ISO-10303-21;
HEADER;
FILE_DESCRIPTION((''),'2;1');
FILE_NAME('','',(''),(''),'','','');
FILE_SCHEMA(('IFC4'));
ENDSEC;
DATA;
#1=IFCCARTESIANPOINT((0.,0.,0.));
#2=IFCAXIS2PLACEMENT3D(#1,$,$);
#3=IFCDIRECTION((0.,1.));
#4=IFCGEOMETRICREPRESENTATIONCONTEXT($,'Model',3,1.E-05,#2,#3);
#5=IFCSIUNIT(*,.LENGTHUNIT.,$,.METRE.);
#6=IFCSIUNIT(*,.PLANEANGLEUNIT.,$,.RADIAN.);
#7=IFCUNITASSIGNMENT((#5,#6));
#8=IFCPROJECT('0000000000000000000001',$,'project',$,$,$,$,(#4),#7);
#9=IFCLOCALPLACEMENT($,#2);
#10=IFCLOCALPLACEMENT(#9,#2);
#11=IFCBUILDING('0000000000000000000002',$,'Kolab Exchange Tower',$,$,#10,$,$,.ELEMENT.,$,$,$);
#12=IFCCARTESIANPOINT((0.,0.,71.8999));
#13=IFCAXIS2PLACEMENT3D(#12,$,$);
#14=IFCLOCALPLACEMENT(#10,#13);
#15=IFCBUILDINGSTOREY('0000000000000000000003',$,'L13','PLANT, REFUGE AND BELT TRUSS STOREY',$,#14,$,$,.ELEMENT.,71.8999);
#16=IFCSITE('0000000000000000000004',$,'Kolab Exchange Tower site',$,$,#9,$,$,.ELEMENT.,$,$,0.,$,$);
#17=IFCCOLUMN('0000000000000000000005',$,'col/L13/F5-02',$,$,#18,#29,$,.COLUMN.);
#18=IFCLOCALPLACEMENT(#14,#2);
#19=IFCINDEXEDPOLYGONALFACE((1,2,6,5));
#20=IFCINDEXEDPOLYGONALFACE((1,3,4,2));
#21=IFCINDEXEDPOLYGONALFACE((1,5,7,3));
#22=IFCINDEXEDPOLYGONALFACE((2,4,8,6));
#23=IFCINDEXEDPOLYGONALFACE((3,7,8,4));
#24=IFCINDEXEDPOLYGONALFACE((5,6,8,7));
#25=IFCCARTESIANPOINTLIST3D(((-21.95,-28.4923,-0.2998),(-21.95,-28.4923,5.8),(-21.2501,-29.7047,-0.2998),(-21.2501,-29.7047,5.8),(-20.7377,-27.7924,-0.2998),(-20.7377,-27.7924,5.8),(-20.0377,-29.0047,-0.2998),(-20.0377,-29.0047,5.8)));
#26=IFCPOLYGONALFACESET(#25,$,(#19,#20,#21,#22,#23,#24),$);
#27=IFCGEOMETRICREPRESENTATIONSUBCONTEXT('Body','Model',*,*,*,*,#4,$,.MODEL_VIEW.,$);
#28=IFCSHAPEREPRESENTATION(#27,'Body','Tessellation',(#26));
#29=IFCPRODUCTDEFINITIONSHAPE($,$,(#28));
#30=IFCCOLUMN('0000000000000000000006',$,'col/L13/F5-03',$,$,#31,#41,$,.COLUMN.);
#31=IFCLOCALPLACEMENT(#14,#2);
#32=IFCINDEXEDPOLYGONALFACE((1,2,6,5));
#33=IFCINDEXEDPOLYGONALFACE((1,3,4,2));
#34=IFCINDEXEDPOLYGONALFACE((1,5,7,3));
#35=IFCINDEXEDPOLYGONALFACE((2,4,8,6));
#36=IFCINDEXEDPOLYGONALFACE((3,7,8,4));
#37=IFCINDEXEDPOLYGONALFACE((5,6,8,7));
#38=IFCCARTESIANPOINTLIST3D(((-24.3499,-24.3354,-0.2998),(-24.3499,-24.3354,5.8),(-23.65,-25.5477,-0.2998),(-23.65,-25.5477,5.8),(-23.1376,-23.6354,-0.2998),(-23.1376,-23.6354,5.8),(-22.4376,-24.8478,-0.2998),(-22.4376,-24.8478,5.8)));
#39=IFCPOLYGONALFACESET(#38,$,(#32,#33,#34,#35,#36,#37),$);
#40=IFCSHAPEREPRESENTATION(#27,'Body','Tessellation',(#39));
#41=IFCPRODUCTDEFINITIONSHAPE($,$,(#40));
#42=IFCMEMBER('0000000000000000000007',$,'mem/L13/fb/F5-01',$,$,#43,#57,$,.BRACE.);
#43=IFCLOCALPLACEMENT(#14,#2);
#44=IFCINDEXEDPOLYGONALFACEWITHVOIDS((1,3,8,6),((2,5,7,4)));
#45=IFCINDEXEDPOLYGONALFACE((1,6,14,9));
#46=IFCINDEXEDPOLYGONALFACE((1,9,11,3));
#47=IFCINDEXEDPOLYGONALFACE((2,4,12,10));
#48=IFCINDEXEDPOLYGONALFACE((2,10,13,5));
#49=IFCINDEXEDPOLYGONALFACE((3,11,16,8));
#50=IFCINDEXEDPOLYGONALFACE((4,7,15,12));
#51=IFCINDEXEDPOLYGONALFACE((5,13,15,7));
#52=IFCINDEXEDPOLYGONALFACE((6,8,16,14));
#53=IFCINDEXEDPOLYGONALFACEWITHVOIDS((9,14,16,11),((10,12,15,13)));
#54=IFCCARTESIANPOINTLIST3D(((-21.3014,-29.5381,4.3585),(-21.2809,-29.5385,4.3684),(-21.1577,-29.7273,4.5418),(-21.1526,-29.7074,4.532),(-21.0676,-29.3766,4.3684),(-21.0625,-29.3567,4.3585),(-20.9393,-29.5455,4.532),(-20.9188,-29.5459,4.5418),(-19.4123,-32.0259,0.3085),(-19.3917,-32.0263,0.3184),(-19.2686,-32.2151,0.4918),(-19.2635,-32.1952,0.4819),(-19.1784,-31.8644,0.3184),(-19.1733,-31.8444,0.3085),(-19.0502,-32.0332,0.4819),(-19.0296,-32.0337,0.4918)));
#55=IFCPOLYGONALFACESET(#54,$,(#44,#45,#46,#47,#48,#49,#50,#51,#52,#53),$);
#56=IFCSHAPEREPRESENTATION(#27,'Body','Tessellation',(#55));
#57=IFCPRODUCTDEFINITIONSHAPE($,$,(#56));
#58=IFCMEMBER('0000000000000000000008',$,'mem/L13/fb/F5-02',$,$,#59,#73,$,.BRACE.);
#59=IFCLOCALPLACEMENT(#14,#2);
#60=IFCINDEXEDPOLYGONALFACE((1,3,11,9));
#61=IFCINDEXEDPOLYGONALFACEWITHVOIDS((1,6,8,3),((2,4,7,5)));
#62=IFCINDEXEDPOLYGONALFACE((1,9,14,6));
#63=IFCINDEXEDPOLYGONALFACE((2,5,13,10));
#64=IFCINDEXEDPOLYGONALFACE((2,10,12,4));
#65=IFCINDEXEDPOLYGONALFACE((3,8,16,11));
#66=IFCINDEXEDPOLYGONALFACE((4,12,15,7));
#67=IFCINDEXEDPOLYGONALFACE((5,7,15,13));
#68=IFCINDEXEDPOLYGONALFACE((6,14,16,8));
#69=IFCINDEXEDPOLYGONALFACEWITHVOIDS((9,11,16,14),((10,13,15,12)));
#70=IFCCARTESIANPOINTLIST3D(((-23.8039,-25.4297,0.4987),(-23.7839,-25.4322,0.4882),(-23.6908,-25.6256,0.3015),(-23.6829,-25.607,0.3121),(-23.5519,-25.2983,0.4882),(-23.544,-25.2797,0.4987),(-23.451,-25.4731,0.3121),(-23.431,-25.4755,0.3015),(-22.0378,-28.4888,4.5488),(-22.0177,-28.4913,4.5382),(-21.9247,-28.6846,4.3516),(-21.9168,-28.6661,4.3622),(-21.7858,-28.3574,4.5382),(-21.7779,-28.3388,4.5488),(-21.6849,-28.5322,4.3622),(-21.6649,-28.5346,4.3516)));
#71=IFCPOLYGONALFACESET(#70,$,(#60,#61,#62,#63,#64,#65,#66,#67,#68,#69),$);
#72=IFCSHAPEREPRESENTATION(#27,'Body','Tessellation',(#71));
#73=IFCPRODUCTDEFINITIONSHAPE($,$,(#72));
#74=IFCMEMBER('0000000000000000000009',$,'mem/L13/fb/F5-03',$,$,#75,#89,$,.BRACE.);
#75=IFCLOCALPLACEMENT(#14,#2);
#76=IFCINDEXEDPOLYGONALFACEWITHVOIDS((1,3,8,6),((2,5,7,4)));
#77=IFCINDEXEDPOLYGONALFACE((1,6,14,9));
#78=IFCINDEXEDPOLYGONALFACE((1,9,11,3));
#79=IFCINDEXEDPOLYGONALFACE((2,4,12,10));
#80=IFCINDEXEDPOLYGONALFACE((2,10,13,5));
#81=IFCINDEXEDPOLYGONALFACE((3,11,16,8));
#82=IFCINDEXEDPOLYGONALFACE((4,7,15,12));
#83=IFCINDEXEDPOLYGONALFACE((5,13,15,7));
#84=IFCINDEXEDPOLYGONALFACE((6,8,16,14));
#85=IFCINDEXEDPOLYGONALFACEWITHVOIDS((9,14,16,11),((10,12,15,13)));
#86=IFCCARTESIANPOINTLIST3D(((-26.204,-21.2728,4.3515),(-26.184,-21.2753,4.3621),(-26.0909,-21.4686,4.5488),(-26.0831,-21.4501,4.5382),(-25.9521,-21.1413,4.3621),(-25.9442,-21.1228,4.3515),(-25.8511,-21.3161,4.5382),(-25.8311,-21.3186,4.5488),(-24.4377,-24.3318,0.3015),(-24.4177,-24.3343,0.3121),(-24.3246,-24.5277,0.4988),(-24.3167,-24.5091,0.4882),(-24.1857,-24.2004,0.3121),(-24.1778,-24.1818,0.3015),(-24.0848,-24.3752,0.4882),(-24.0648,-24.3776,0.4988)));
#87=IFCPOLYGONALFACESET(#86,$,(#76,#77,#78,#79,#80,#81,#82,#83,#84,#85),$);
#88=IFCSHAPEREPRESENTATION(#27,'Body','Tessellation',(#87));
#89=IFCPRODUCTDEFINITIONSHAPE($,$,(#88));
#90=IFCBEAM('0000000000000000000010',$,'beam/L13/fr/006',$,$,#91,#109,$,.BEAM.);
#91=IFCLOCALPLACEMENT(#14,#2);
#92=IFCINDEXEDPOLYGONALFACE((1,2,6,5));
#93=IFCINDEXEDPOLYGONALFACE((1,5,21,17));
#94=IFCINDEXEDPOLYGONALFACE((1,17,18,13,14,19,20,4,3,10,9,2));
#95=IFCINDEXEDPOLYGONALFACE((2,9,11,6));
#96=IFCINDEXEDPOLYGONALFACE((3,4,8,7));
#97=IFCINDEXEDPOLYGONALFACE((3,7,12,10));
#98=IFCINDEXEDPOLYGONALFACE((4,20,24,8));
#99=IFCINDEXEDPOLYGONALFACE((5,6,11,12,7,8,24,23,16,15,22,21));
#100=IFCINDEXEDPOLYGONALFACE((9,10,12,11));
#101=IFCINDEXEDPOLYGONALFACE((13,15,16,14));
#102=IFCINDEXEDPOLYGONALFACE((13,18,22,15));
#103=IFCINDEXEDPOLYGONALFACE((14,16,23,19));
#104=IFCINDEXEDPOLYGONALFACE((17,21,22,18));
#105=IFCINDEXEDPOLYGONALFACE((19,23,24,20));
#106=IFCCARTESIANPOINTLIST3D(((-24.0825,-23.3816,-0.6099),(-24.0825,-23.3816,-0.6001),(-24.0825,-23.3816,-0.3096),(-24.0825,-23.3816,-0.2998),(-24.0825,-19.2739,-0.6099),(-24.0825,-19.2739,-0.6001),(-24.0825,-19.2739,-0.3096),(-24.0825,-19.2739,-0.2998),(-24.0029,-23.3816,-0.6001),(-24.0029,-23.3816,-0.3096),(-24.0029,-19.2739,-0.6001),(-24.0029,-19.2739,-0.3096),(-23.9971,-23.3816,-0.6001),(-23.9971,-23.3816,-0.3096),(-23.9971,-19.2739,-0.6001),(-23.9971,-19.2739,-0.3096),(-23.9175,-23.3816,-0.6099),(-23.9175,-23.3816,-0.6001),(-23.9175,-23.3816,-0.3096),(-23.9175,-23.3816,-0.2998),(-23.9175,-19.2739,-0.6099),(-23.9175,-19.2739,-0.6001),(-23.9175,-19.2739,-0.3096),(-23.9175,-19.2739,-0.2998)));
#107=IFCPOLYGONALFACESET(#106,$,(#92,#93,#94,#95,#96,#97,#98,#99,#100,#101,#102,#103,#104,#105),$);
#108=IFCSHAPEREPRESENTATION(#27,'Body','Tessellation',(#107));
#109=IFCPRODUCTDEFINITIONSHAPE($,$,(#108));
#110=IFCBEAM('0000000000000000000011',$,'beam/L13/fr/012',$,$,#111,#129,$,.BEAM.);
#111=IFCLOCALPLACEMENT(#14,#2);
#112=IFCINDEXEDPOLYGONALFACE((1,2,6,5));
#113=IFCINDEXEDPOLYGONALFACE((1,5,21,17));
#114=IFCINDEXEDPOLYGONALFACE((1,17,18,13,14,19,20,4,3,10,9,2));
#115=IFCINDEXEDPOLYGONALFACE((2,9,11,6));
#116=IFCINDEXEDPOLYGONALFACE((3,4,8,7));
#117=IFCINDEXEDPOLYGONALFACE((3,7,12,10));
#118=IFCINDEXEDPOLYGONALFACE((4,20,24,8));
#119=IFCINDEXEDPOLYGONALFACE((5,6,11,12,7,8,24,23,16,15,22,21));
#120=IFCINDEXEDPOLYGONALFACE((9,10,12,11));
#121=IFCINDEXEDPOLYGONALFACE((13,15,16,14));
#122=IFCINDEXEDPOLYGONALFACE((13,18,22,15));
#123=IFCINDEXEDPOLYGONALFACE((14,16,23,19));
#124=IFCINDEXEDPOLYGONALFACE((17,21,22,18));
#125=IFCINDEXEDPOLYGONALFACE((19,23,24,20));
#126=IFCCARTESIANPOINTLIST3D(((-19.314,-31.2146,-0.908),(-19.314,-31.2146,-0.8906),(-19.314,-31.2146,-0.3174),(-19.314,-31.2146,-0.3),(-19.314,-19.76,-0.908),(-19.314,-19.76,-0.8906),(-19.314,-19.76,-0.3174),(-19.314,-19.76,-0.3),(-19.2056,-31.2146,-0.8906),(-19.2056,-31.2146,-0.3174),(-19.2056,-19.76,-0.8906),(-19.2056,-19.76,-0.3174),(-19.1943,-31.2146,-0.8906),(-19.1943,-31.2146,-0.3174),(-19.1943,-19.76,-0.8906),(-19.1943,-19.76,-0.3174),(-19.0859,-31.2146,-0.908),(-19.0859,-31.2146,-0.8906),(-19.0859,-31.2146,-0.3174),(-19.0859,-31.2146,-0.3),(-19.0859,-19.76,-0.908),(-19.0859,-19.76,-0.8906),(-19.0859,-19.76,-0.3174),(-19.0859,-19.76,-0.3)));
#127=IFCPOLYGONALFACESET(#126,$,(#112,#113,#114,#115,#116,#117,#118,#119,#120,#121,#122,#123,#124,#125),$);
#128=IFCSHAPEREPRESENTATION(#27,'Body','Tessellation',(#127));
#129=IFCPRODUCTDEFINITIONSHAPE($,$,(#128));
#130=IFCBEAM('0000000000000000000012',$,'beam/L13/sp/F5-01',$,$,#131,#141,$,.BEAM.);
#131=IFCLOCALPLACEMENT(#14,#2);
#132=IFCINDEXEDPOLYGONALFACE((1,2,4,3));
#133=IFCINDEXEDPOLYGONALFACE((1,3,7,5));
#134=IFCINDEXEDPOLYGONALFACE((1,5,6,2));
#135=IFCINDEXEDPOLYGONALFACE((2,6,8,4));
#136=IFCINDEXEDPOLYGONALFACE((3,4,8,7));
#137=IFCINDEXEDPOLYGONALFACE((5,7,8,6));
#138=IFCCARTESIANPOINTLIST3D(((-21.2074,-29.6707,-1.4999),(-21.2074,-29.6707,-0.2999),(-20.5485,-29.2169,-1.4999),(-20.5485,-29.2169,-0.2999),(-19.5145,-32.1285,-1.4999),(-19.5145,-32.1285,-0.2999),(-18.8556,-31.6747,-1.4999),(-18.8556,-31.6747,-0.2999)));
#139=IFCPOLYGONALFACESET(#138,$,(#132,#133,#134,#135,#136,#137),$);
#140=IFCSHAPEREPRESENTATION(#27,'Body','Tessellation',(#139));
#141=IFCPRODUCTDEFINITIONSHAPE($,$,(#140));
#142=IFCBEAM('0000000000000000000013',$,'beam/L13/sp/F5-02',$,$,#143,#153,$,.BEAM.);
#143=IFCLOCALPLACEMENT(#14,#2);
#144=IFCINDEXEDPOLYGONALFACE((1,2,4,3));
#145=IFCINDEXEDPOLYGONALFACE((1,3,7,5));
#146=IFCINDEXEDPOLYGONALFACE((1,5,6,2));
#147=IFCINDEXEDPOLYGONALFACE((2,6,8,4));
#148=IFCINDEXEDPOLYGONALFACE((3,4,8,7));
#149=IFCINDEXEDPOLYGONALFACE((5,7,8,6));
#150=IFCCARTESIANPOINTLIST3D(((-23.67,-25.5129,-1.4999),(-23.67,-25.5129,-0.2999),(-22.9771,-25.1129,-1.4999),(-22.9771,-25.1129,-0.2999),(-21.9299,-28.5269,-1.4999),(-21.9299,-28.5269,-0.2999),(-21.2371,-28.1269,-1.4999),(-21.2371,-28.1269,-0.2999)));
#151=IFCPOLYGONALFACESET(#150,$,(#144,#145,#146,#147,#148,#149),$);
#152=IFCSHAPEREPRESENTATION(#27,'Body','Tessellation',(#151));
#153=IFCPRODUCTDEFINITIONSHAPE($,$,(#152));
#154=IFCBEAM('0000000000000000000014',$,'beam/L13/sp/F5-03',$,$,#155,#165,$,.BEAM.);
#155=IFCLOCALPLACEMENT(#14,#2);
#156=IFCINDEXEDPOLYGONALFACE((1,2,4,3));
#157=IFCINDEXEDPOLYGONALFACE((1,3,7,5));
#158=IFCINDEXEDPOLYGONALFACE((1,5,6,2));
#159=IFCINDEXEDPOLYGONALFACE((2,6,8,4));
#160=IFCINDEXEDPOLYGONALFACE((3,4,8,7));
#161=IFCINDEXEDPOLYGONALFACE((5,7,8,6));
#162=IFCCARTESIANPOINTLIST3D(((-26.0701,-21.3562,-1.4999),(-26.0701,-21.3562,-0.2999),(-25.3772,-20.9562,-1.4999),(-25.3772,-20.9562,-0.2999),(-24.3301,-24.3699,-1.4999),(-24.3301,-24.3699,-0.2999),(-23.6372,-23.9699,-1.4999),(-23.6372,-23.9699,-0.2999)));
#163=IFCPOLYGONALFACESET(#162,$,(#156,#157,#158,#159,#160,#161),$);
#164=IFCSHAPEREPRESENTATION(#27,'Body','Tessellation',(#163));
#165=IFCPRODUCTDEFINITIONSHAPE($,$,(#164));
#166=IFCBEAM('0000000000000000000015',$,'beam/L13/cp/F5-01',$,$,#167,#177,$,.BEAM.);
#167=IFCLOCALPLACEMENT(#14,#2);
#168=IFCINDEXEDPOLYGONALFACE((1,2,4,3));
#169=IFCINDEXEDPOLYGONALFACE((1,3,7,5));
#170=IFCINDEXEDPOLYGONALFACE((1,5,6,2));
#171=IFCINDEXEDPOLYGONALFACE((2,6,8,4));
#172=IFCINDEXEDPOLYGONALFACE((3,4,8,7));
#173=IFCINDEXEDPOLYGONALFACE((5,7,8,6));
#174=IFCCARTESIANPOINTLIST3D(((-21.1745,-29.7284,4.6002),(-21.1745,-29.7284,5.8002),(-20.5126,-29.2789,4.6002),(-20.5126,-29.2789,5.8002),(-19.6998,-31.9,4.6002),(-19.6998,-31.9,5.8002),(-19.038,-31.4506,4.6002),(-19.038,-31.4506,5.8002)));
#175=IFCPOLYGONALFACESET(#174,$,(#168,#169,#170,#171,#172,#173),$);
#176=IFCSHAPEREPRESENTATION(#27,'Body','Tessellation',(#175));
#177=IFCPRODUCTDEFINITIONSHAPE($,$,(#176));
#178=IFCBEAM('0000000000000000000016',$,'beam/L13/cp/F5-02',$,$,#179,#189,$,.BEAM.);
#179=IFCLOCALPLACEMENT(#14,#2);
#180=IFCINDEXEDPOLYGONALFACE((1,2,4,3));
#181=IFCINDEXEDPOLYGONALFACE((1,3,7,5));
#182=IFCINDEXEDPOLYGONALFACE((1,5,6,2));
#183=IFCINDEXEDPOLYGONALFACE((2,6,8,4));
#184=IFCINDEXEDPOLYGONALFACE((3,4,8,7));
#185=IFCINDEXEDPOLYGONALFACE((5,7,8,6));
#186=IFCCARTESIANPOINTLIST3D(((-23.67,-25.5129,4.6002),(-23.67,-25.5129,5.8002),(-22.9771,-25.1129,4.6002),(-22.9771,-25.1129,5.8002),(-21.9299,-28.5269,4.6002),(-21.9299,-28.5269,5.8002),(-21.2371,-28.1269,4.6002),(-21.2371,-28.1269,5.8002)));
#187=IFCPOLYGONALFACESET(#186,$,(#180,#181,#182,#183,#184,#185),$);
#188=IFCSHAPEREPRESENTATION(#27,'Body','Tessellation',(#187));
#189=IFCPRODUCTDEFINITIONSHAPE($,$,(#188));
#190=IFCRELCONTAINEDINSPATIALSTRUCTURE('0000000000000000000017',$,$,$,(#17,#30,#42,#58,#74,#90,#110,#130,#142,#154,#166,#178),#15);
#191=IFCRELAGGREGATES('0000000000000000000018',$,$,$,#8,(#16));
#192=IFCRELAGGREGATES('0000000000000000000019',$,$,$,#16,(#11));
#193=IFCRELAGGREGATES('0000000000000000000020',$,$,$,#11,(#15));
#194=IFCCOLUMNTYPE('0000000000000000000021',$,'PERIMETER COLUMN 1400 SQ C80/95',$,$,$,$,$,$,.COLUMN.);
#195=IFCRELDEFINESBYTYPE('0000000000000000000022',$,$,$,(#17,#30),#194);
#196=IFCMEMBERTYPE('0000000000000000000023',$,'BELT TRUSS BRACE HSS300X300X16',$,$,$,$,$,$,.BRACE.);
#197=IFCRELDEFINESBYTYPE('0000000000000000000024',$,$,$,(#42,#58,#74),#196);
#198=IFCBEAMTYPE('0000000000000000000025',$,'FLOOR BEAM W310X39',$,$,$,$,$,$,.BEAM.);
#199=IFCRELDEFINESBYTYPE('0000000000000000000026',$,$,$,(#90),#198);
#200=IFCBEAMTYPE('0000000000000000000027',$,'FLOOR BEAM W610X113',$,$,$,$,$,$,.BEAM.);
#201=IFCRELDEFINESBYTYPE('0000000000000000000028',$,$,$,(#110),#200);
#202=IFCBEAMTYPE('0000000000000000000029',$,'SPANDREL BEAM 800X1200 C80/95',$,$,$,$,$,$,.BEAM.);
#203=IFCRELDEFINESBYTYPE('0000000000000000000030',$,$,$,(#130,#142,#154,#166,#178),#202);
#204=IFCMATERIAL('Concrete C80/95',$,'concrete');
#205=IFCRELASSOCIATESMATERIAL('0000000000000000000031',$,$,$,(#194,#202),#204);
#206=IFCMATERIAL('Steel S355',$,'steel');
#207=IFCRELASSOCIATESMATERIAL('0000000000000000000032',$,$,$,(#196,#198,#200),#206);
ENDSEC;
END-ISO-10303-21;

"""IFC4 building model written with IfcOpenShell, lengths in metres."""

from ifc_helpers import new_model, si_unit, direction, frame, origin, origin_2d, place, context, subcontext, project, spatial, rectangle, hollow_rectangle, i_section, extrude, material, material_profile, profile_set, type_object, element, save


model = new_model("IFC4")

# Units and contexts
model_context = context("Model", 3, precision=1e-05, world=origin(), true_north=direction((0.0, 1.0)))
body_context = subcontext(model_context, "Body", "Model", "MODEL_VIEW")
ifc_project = project(units=[si_unit("LENGTHUNIT", "METRE"), si_unit("PLANEANGLEUNIT", "RADIAN")], contexts=[model_context])

# Site, building, storey
site_placement = place(None, origin())
site = spatial("IfcSite", under=ifc_project, at=site_placement, Name="Kolab Exchange Tower site", CompositionType="ELEMENT", RefElevation=0.0)
building_placement = place(site_placement, origin())
building = spatial("IfcBuilding", under=site, at=building_placement, Name="Kolab Exchange Tower", CompositionType="ELEMENT")
storey_placement = place(building_placement, frame((0.0, 0.0, 71.8999)))
storey = spatial("IfcBuildingStorey", under=building, at=storey_placement, Name="L13", Description="PLANT, REFUGE AND BELT TRUSS STOREY", CompositionType="ELEMENT", Elevation=71.8999)

# Columns
ifc_material_1 = material(Name="Concrete C80/95", Category="concrete")
ifc_material_profile_1 = material_profile(ifc_material_1, rectangle(XDim=1.3999, YDim=1.3999, at=origin_2d()), Name="RC1400")
ifc_profile_set_1 = profile_set([ifc_material_profile_1], Name="Concrete C80/95")
column_type = type_object("IfcColumnType", Name="PERIMETER COLUMN 1400 SQ C80/95", PredefinedType="COLUMN", material=ifc_profile_set_1)
for number, where, z_axis, x_axis, name in (
    (1, (-20.9939, -28.7485, -0.2998), (0.0, 0.0, 1.0), (0.866025, 0.5, 0.0), "col/L13/F5-02"),
    (2, (-23.3938, -24.5916, -0.2998), (0.0, 0.0, 1.0), (0.866025, 0.5, 0.0), "col/L13/F5-03"),
):
    element("IfcColumn", number, at=place(storey_placement, frame(where, z_axis=z_axis, x_axis=x_axis)), inside=storey, type_object=column_type, Name=name, PredefinedType="COLUMN", context=body_context, shape_type="SweptSolid", body=[
        extrude(rectangle(XDim=1.3999, YDim=1.3999, at=origin_2d()), origin(), (0.0, 0.0, 1.0), 6.0999),
    ])

# Members
ifc_material_2 = material(Name="Steel S355", Category="steel")
ifc_material_profile_2 = material_profile(ifc_material_2, hollow_rectangle(XDim=0.3, YDim=0.3, WallThickness=0.0161, at=origin_2d()), Name="HSS300X300X16")
ifc_profile_set_2 = profile_set([ifc_material_profile_2], Name="Steel S355")
member_type_1 = type_object("IfcMemberType", Name="BELT TRUSS BRACE HSS300X300X16", PredefinedType="BRACE", material=ifc_profile_set_2)
member_1_placement = place(storey_placement, frame((-19.2209, -32.0298, 0.4001), z_axis=(-0.369353, 0.486393, 0.791833), x_axis=(-0.796403, -0.604766, 0.0)))
element("IfcMember", 3, at=member_1_placement, inside=storey, type_object=member_type_1, Name="mem/L13/fb/F5-01", PredefinedType="BRACE", context=body_context, shape_type="SweptSolid", body=[
    extrude(hollow_rectangle(XDim=0.3, YDim=0.3, WallThickness=0.0161, at=origin_2d()), origin(), (0.0, 0.0, 1.0), 5.1147),
])
for number, where, z_axis, x_axis, name in (
    (4, (-21.8513, -28.5117, 4.4502), (-0.328639, 0.569236, -0.753636), (-0.866031, -0.49999, 0.0), "mem/L13/fb/F5-02"),
    (5, (-24.2512, -24.3547, 0.4001), (-0.32868, 0.569227, 0.753624), (-0.866001, -0.500042, 0.0), "mem/L13/fb/F5-03"),
):
    element("IfcMember", number, at=place(storey_placement, frame(where, z_axis=z_axis, x_axis=x_axis)), inside=storey, type_object=member_type_1, Name=name, PredefinedType="BRACE", context=body_context, shape_type="SweptSolid", body=[
        extrude(hollow_rectangle(XDim=0.3, YDim=0.3, WallThickness=0.0161, at=origin_2d()), origin(), (0.0, 0.0, 1.0), 5.374),
    ])

# Beams
ifc_material_profile_3 = material_profile(ifc_material_2, i_section(OverallWidth=0.165, OverallDepth=0.3101, WebThickness=0.0059, FlangeThickness=0.0098, at=origin_2d()), Name="W310X39")
ifc_profile_set_3 = profile_set([ifc_material_profile_3], Name="Steel S355")
beam_type_1 = type_object("IfcBeamType", Name="FLOOR BEAM W310X39", PredefinedType="BEAM", material=ifc_profile_set_3)
beam_1_placement = place(storey_placement, frame((-24.0, -23.3816, -0.4548), z_axis=(0.0, 1.0, 0.0), x_axis=(-1.0, 0.0, 0.0)))
element("IfcBeam", 6, at=beam_1_placement, inside=storey, type_object=beam_type_1, Name="beam/L13/fr/006", PredefinedType="BEAM", context=body_context, shape_type="SweptSolid", body=[
    extrude(i_section(OverallWidth=0.165, OverallDepth=0.3101, WebThickness=0.0059, FlangeThickness=0.0098, at=origin_2d()), origin(), (0.0, 0.0, 1.0), 4.1077),
])
ifc_material_profile_4 = material_profile(ifc_material_2, i_section(OverallWidth=0.228, OverallDepth=0.6079, WebThickness=0.0112, FlangeThickness=0.0173, at=origin_2d()), Name="W610X113")
ifc_profile_set_4 = profile_set([ifc_material_profile_4], Name="Steel S355")
beam_type_2 = type_object("IfcBeamType", Name="FLOOR BEAM W610X113", PredefinedType="BEAM", material=ifc_profile_set_4)
beam_2_placement = place(storey_placement, frame((-19.2, -31.2146, -0.604), z_axis=(0.0, 1.0, 0.0), x_axis=(-1.0, 0.0, 0.0)))
element("IfcBeam", 7, at=beam_2_placement, inside=storey, type_object=beam_type_2, Name="beam/L13/fr/012", PredefinedType="BEAM", context=body_context, shape_type="SweptSolid", body=[
    extrude(i_section(OverallWidth=0.228, OverallDepth=0.6079, WebThickness=0.0112, FlangeThickness=0.0173, at=origin_2d()), origin(), (0.0, 0.0, 1.0), 11.4546),
])
ifc_material_profile_5 = material_profile(ifc_material_1, rectangle(XDim=0.8, YDim=1.2, at=origin_2d()), Name="RC800X1200")
ifc_profile_set_5 = profile_set([ifc_material_profile_5], Name="Concrete C80/95")
beam_type_3 = type_object("IfcBeamType", Name="SPANDREL BEAM 800X1200 C80/95", PredefinedType="BEAM", material=ifc_profile_set_5)
beam_3_placement = place(storey_placement, frame((-19.1851, -31.9016, -0.8999), z_axis=(-0.567247, 0.823548, 0.0), x_axis=(-0.823548, -0.567247, 0.0)))
element("IfcBeam", 8, at=beam_3_placement, inside=storey, type_object=beam_type_3, Name="beam/L13/sp/F5-01", PredefinedType="BEAM", context=body_context, shape_type="SweptSolid", body=[
    extrude(rectangle(XDim=0.8, YDim=1.2, at=origin_2d()), origin(), (0.0, 0.0, 1.0), 2.9844),
])
beam_4_placement = place(storey_placement, frame((-21.5835, -28.3269, -0.8999), z_axis=(-0.49998, 0.866037, 0.0), x_axis=(-0.866037, -0.49998, 0.0)))
element("IfcBeam", 9, at=beam_4_placement, inside=storey, type_object=beam_type_3, Name="beam/L13/sp/F5-02", PredefinedType="BEAM", context=body_context, shape_type="SweptSolid", body=[
    extrude(rectangle(XDim=0.8, YDim=1.2, at=origin_2d()), origin(), (0.0, 0.0, 1.0), 3.4802),
])
beam_5_placement = place(storey_placement, frame((-23.9836, -24.1699, -0.8999), z_axis=(-0.50001, 0.86602, 0.0), x_axis=(-0.86602, -0.50001, 0.0)))
element("IfcBeam", 10, at=beam_5_placement, inside=storey, type_object=beam_type_3, Name="beam/L13/sp/F5-03", PredefinedType="BEAM", context=body_context, shape_type="SweptSolid", body=[
    extrude(rectangle(XDim=0.8, YDim=1.2, at=origin_2d()), origin(), (0.0, 0.0, 1.0), 3.48),
])
beam_6_placement = place(storey_placement, frame((-19.3689, -31.6753, 5.2002), z_axis=(-0.561763, 0.827298, 0.0), x_axis=(-0.827298, -0.561763, 0.0)))
element("IfcBeam", 11, at=beam_6_placement, inside=storey, type_object=beam_type_3, Name="beam/L13/cp/F5-01", PredefinedType="BEAM", context=body_context, shape_type="SweptSolid", body=[
    extrude(rectangle(XDim=0.8, YDim=1.2, at=origin_2d()), origin(), (0.0, 0.0, 1.0), 2.625),
])
beam_7_placement = place(storey_placement, frame((-21.5835, -28.3269, 5.2002), z_axis=(-0.49998, 0.866037, 0.0), x_axis=(-0.866037, -0.49998, 0.0)))
element("IfcBeam", 12, at=beam_7_placement, inside=storey, type_object=beam_type_3, Name="beam/L13/cp/F5-02", PredefinedType="BEAM", context=body_context, shape_type="SweptSolid", body=[
    extrude(rectangle(XDim=0.8, YDim=1.2, at=origin_2d()), origin(), (0.0, 0.0, 1.0), 3.4802),
])

save(model, "model.ifc")
